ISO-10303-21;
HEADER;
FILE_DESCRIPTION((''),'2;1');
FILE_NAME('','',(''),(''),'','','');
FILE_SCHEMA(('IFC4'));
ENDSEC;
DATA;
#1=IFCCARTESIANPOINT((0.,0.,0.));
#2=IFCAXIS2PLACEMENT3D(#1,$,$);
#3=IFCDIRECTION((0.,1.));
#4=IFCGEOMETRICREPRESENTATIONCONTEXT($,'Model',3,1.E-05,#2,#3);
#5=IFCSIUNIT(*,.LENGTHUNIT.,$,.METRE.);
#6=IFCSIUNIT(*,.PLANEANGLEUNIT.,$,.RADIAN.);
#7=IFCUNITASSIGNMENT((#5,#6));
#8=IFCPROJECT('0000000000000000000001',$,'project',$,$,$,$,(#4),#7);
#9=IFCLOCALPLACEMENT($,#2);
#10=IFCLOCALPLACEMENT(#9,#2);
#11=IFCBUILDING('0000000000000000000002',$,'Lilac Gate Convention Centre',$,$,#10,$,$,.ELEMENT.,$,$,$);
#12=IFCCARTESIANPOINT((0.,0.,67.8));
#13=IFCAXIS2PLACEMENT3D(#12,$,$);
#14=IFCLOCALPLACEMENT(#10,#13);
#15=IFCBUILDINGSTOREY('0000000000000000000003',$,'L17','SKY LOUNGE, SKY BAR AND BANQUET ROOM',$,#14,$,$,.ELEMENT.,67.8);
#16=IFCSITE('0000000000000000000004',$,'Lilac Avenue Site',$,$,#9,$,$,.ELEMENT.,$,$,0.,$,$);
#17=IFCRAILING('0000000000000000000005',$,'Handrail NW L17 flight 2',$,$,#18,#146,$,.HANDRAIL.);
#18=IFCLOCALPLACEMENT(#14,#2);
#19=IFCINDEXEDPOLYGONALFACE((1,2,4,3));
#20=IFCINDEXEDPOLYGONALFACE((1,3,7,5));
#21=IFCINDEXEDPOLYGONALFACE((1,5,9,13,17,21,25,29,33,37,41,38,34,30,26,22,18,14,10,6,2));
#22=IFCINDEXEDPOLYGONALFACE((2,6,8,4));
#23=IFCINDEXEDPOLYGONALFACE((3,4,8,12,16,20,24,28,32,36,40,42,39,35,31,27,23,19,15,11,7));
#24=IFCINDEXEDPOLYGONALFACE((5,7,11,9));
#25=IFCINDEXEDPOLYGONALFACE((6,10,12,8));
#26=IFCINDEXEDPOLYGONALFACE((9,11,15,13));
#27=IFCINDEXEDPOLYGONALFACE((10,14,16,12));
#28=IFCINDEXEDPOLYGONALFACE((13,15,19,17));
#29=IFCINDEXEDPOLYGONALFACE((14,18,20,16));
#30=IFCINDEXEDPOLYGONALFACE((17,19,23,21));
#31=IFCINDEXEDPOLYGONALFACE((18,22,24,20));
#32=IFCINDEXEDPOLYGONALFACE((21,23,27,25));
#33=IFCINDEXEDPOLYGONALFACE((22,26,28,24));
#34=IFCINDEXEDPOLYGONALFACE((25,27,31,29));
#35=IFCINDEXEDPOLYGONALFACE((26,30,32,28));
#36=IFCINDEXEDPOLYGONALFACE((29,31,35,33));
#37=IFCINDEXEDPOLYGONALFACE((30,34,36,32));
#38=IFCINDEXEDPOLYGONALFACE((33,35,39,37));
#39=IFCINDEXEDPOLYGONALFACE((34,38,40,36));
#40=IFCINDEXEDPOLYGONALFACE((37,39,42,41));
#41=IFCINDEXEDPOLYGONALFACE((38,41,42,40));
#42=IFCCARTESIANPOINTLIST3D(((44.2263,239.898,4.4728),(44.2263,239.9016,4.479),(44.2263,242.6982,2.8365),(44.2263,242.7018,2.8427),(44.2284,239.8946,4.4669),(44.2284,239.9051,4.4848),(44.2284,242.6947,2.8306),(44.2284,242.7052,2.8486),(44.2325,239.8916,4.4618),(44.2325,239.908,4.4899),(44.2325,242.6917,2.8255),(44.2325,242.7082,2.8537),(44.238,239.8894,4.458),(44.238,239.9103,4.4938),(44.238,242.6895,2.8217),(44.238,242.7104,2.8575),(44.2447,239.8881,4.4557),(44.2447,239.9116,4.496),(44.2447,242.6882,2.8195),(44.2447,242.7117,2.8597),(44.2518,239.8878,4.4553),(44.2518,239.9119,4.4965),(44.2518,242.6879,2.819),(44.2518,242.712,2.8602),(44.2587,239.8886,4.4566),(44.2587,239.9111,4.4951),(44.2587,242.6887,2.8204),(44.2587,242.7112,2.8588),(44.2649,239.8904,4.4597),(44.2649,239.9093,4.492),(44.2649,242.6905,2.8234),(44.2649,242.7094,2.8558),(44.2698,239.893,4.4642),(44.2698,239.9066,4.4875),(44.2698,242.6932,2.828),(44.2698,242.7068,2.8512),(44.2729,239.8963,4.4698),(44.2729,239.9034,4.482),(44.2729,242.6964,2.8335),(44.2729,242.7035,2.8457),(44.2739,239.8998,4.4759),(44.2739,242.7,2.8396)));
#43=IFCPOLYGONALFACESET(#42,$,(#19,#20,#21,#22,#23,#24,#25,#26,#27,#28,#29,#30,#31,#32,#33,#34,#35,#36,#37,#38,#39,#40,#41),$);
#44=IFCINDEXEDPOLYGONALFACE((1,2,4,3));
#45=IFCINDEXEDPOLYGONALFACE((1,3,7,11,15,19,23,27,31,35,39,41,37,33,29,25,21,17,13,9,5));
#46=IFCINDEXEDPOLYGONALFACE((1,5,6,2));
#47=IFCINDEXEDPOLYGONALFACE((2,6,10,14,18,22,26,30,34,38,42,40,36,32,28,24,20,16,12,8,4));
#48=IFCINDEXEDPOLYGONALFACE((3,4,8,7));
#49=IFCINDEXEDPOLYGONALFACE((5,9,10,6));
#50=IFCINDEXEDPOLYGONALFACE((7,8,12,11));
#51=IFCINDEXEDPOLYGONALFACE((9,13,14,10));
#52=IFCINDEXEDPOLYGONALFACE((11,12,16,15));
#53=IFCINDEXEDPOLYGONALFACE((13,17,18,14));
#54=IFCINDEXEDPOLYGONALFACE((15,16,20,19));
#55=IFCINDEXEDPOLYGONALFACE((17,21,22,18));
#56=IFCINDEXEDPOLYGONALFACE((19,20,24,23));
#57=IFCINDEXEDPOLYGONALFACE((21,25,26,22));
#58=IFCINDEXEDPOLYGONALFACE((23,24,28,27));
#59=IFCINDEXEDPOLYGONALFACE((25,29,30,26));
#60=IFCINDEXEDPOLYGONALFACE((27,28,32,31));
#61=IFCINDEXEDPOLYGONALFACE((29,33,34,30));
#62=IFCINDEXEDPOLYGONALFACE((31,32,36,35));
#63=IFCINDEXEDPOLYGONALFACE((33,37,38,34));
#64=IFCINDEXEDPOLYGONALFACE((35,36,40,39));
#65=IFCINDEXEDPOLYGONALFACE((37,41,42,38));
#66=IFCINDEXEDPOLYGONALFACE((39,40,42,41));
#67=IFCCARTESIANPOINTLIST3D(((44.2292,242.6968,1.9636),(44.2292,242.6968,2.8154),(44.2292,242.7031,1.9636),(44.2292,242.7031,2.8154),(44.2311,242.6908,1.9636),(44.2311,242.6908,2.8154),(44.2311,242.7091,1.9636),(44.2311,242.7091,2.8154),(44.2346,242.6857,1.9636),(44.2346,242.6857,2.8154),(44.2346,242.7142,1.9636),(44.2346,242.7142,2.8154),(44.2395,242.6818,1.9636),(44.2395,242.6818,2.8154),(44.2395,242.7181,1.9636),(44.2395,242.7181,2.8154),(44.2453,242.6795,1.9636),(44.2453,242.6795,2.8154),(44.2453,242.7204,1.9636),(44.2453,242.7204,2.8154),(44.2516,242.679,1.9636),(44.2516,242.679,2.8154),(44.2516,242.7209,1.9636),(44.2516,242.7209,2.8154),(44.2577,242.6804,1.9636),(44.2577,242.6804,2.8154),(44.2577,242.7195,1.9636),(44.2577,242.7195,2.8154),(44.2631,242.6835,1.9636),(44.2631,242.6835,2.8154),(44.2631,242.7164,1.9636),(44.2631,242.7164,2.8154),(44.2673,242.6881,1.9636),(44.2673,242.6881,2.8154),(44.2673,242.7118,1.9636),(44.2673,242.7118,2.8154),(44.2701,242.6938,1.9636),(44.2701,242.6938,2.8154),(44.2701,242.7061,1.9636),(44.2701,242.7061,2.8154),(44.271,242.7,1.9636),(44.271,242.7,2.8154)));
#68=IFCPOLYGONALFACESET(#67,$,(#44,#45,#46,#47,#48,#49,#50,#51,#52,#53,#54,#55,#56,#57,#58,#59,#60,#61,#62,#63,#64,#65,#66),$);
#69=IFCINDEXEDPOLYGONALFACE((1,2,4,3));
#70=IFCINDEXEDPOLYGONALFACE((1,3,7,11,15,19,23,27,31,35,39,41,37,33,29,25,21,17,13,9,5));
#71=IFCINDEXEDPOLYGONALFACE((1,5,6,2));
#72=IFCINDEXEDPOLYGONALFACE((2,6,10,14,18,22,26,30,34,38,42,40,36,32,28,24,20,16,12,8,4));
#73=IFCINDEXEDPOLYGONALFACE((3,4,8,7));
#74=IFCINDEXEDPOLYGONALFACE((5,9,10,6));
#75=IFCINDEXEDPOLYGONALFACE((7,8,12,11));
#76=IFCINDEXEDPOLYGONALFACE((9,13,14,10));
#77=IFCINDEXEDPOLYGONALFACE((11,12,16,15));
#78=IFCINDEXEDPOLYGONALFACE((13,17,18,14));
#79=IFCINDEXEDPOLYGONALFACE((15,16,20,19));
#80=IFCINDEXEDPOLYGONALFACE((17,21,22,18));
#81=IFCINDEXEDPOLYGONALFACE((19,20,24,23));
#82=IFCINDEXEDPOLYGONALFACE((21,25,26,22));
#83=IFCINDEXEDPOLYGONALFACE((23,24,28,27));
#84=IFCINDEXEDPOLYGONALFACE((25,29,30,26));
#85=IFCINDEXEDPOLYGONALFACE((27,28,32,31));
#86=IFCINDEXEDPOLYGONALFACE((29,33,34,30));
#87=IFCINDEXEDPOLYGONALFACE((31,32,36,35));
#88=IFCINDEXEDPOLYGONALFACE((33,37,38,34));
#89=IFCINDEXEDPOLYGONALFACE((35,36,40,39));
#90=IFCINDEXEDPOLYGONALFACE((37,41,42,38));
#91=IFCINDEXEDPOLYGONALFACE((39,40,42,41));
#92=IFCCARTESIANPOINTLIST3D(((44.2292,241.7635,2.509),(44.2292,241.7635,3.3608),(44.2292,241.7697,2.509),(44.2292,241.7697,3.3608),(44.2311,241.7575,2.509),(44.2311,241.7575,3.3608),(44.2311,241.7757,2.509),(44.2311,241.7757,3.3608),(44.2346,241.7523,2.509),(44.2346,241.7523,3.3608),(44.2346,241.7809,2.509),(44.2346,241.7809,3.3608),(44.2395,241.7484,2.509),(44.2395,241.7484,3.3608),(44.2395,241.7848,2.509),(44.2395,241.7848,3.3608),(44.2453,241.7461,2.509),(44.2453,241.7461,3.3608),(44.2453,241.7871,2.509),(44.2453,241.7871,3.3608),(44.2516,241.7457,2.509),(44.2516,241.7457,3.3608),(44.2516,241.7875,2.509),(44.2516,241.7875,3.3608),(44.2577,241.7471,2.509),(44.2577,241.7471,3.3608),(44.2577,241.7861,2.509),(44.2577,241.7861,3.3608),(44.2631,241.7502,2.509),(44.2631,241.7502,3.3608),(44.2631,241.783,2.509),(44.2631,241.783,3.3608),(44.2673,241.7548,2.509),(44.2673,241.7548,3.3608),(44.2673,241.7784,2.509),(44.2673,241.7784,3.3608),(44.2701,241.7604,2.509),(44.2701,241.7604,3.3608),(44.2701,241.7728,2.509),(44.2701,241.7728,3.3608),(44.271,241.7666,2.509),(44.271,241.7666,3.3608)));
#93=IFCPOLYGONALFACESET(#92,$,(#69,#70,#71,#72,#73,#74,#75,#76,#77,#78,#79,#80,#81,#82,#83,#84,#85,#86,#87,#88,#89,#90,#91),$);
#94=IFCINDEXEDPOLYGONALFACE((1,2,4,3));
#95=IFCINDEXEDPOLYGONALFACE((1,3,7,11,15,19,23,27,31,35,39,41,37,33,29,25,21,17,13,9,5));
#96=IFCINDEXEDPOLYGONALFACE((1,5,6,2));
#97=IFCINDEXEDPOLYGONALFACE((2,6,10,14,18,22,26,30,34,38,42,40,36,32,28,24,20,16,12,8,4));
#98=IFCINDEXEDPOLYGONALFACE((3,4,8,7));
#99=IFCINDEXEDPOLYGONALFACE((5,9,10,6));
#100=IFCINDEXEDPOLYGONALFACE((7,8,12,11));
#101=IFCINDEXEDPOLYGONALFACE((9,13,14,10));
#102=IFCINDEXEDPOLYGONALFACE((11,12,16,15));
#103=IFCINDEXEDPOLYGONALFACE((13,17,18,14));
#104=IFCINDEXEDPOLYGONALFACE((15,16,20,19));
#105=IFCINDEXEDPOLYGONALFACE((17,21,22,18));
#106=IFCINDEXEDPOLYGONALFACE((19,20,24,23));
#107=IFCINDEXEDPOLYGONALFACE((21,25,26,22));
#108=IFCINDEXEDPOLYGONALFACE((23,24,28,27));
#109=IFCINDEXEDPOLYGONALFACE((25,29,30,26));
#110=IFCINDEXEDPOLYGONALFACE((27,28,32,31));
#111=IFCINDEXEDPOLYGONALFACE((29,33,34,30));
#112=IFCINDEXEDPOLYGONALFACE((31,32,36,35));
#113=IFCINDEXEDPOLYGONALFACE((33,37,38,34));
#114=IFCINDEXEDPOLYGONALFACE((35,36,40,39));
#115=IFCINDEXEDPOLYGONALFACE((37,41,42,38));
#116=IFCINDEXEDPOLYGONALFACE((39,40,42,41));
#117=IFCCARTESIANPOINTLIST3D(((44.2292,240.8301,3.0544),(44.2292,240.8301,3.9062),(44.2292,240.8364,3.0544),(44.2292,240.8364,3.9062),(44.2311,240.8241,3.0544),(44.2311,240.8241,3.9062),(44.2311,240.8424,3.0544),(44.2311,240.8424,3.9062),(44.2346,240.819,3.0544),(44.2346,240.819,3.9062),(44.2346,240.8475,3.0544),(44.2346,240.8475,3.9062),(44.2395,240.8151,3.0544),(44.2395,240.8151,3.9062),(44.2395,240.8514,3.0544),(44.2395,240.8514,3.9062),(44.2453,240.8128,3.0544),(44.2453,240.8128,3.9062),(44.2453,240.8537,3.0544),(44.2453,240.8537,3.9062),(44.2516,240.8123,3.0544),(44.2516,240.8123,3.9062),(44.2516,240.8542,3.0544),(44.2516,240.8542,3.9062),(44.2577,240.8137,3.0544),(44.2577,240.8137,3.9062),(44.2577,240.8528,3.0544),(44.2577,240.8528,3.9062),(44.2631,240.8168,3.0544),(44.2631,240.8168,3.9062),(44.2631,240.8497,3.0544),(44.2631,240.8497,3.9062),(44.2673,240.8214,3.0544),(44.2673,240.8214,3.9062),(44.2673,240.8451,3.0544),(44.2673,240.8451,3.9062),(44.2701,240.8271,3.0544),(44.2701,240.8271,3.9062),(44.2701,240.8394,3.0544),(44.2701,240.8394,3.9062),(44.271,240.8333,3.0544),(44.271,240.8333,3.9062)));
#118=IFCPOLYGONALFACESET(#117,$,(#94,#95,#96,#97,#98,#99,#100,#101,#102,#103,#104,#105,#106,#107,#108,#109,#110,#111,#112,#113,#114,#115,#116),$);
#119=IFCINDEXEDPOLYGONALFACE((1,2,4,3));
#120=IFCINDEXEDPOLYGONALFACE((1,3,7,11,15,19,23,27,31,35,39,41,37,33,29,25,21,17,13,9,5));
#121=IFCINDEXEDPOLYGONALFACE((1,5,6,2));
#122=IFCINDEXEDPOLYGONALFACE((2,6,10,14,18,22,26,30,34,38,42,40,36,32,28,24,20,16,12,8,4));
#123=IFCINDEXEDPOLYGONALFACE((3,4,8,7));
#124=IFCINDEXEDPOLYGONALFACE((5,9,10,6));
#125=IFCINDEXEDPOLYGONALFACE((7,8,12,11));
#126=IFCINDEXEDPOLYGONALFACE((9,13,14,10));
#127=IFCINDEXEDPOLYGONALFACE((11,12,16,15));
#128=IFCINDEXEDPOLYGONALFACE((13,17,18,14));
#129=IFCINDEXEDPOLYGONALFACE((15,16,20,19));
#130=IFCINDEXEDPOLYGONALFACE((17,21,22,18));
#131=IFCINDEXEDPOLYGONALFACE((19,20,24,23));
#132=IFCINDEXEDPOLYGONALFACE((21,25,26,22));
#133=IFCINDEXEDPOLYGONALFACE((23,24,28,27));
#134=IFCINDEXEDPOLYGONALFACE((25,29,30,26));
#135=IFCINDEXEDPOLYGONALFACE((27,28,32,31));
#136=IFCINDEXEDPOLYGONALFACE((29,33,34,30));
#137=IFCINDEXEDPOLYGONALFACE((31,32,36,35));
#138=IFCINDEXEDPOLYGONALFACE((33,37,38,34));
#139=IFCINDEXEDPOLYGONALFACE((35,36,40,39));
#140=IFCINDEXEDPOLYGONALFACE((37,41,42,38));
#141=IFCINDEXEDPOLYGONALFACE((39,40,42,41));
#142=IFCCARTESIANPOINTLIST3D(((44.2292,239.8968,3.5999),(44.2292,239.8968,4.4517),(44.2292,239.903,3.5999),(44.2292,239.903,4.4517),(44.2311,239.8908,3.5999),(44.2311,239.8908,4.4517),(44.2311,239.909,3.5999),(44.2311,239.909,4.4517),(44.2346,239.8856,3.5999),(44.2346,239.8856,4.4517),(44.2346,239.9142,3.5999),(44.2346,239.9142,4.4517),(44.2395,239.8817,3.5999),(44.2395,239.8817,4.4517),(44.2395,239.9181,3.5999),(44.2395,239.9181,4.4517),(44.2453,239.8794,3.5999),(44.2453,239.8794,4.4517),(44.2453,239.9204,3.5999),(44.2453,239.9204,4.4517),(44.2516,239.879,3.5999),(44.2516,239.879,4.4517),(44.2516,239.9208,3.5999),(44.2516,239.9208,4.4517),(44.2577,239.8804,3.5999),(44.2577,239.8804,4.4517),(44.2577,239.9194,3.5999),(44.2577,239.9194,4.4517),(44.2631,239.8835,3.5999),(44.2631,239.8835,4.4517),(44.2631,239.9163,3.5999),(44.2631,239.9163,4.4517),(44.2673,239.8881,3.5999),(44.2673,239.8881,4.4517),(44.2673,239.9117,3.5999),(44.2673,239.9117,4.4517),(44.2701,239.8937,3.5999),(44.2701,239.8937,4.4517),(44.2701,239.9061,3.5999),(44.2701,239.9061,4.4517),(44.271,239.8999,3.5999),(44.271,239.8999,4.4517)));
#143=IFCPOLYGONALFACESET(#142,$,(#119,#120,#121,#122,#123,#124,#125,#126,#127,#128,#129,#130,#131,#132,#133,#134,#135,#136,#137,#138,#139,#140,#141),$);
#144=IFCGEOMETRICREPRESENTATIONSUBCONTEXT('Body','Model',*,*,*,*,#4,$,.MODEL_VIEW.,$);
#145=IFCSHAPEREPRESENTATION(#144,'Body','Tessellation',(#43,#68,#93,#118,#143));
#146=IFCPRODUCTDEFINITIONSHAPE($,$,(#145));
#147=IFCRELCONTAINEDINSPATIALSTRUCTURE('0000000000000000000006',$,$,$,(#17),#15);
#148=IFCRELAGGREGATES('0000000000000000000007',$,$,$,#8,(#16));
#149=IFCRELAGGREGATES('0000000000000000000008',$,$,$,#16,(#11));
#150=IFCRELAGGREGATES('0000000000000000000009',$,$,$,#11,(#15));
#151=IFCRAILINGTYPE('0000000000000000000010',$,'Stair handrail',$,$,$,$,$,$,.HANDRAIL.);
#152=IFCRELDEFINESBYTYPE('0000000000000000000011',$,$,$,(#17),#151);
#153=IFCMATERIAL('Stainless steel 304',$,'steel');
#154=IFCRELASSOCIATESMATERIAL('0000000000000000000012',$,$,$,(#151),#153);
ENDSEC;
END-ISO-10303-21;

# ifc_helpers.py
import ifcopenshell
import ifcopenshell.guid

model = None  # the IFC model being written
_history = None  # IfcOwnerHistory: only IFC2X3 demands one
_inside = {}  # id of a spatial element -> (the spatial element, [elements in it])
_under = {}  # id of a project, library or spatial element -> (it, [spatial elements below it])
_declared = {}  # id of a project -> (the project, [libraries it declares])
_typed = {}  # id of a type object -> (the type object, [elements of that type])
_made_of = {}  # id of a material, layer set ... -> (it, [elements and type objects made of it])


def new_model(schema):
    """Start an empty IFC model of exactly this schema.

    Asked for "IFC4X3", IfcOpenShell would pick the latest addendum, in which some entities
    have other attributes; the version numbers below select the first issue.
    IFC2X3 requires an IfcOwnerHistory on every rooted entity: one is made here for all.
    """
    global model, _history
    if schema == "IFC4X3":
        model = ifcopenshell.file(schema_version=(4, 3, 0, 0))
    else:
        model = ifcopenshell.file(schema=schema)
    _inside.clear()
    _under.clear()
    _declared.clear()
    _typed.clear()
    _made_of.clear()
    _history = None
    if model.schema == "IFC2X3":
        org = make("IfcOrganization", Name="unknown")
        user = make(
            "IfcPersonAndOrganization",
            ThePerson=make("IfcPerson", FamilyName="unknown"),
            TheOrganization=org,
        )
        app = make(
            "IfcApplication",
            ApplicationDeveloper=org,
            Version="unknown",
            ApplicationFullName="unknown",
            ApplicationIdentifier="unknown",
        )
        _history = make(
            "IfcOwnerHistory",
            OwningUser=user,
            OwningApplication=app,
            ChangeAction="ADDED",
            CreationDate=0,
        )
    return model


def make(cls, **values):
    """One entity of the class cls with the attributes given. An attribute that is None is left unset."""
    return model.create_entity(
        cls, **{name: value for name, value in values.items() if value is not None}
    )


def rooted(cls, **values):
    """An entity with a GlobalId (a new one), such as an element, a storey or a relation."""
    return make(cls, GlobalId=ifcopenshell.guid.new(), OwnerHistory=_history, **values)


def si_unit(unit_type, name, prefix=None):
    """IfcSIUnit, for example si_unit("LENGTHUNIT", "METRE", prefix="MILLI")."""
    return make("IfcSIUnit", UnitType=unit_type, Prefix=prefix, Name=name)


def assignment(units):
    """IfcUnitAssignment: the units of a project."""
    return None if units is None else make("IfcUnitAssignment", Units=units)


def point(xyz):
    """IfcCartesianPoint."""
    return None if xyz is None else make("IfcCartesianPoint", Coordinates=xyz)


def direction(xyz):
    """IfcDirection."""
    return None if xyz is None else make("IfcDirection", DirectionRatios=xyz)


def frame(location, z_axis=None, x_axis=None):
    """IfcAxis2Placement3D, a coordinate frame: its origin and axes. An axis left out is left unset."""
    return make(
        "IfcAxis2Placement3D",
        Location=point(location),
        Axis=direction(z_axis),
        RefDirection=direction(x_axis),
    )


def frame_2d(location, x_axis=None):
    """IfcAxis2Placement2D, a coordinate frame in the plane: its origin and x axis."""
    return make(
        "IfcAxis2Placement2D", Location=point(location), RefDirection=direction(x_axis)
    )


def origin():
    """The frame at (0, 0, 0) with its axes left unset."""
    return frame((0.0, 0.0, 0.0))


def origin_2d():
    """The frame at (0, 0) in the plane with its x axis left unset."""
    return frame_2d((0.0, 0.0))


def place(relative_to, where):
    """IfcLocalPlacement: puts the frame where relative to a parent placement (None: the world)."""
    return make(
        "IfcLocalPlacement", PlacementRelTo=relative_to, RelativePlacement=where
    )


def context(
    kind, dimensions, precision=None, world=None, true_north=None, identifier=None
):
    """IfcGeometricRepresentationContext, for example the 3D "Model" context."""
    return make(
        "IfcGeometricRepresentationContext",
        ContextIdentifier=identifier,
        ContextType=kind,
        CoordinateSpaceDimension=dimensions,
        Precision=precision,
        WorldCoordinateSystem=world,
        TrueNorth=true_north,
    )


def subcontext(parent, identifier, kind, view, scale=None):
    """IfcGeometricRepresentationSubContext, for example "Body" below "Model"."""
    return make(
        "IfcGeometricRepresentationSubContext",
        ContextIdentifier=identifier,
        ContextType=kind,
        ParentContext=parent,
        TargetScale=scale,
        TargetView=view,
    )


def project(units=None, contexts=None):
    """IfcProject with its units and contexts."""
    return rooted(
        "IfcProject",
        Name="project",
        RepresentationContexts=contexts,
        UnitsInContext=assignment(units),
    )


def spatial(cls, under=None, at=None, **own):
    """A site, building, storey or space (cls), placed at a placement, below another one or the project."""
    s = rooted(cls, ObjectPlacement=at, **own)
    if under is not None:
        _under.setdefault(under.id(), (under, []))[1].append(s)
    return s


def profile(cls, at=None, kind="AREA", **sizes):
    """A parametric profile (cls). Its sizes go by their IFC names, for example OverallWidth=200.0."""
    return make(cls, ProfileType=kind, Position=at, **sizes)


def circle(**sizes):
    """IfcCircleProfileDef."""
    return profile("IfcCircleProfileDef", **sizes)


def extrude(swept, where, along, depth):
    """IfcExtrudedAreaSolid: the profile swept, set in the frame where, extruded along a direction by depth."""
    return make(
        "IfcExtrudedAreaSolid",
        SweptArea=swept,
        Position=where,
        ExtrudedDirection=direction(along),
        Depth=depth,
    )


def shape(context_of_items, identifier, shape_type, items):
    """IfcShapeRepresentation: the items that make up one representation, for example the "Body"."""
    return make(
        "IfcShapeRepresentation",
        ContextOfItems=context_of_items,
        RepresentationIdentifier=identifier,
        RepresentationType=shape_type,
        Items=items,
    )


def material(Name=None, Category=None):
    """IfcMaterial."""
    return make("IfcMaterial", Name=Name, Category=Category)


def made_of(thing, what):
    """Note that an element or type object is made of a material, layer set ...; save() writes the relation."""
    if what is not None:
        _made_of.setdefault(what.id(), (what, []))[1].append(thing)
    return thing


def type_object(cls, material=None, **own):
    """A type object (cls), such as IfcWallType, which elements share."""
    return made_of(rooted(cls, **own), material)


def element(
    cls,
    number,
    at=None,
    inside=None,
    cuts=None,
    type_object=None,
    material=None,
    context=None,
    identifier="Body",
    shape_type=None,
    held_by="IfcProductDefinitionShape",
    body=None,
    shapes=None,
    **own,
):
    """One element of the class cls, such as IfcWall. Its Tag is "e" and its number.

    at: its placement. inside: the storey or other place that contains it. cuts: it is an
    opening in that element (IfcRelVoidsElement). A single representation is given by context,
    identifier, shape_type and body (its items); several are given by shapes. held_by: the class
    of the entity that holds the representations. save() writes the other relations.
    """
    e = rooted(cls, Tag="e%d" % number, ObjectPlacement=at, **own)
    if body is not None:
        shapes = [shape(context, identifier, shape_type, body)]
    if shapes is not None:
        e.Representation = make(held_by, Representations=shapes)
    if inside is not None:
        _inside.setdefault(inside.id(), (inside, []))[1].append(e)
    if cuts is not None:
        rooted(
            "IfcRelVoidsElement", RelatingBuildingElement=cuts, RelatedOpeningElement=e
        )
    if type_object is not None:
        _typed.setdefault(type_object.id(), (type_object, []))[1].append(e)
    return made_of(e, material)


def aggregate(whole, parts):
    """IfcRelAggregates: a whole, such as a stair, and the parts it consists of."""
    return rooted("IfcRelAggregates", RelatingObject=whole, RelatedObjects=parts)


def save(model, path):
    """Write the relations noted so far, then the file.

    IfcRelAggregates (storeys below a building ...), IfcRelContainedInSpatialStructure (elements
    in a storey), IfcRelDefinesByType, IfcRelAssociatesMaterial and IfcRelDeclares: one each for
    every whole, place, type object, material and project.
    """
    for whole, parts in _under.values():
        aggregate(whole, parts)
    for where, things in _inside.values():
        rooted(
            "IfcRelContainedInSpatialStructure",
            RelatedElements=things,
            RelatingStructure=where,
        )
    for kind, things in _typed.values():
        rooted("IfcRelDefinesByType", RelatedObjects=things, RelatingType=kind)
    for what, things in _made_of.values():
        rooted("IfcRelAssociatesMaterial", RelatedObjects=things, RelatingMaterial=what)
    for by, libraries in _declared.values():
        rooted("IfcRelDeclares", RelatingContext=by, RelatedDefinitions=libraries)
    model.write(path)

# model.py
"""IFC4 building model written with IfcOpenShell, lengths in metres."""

from ifc_helpers import new_model, si_unit, direction, frame, origin, origin_2d, place, context, subcontext, project, spatial, circle, extrude, material, type_object, element, save


model = new_model("IFC4")

# Units and contexts
model_context = context("Model", 3, precision=1e-05, world=origin(), true_north=direction((0.0, 1.0)))
body_context = subcontext(model_context, "Body", "Model", "MODEL_VIEW")
ifc_project = project(units=[si_unit("LENGTHUNIT", "METRE"), si_unit("PLANEANGLEUNIT", "RADIAN")], contexts=[model_context])

# Site, building, storey
site_placement = place(None, origin())
site = spatial("IfcSite", under=ifc_project, at=site_placement, Name="Lilac Avenue Site", CompositionType="ELEMENT", RefElevation=0.0)
building_placement = place(site_placement, origin())
building = spatial("IfcBuilding", under=site, at=building_placement, Name="Lilac Gate Convention Centre", CompositionType="ELEMENT")
storey_placement = place(building_placement, frame((0.0, 0.0, 67.8)))
storey = spatial("IfcBuildingStorey", under=building, at=storey_placement, Name="L17", Description="SKY LOUNGE, SKY BAR AND BANQUET ROOM", CompositionType="ELEMENT", Elevation=67.8)

# Railing
ifc_material_1 = material(Name="Stainless steel 304", Category="steel")
railing_type = type_object("IfcRailingType", Name="Stair handrail", PredefinedType="HANDRAIL", material=ifc_material_1)
for number, where, name in (
    (1, (44.25, 242.7, 1.9636), "Handrail NW L17 flight 2"),
):
    element("IfcRailing", number, at=place(storey_placement, frame(where)), inside=storey, type_object=railing_type, Name=name, PredefinedType="HANDRAIL", context=body_context, shape_type="SweptSolid", body=[
        extrude(circle(Radius=0.0239, at=origin_2d()), frame((0.0, 0.0, 0.876), z_axis=(0.0, -0.863394, 0.504531), x_axis=(1.0, 0.0, 0.0)), (0.0, 0.0, 1.0), 3.2432),
        extrude(circle(Radius=0.021, at=origin_2d()), origin(), (0.0, 0.0, 1.0), 0.8518),
        extrude(circle(Radius=0.021, at=origin_2d()), frame((0.0, -0.9333, 0.5454)), (0.0, 0.0, 1.0), 0.8518),
        extrude(circle(Radius=0.021, at=origin_2d()), frame((0.0, -1.8667, 1.0908)), (0.0, 0.0, 1.0), 0.8518),
        extrude(circle(Radius=0.021, at=origin_2d()), frame((0.0, -2.8, 1.6362)), (0.0, 0.0, 1.0), 0.8518),
    ])

save(model, "model.ifc")
